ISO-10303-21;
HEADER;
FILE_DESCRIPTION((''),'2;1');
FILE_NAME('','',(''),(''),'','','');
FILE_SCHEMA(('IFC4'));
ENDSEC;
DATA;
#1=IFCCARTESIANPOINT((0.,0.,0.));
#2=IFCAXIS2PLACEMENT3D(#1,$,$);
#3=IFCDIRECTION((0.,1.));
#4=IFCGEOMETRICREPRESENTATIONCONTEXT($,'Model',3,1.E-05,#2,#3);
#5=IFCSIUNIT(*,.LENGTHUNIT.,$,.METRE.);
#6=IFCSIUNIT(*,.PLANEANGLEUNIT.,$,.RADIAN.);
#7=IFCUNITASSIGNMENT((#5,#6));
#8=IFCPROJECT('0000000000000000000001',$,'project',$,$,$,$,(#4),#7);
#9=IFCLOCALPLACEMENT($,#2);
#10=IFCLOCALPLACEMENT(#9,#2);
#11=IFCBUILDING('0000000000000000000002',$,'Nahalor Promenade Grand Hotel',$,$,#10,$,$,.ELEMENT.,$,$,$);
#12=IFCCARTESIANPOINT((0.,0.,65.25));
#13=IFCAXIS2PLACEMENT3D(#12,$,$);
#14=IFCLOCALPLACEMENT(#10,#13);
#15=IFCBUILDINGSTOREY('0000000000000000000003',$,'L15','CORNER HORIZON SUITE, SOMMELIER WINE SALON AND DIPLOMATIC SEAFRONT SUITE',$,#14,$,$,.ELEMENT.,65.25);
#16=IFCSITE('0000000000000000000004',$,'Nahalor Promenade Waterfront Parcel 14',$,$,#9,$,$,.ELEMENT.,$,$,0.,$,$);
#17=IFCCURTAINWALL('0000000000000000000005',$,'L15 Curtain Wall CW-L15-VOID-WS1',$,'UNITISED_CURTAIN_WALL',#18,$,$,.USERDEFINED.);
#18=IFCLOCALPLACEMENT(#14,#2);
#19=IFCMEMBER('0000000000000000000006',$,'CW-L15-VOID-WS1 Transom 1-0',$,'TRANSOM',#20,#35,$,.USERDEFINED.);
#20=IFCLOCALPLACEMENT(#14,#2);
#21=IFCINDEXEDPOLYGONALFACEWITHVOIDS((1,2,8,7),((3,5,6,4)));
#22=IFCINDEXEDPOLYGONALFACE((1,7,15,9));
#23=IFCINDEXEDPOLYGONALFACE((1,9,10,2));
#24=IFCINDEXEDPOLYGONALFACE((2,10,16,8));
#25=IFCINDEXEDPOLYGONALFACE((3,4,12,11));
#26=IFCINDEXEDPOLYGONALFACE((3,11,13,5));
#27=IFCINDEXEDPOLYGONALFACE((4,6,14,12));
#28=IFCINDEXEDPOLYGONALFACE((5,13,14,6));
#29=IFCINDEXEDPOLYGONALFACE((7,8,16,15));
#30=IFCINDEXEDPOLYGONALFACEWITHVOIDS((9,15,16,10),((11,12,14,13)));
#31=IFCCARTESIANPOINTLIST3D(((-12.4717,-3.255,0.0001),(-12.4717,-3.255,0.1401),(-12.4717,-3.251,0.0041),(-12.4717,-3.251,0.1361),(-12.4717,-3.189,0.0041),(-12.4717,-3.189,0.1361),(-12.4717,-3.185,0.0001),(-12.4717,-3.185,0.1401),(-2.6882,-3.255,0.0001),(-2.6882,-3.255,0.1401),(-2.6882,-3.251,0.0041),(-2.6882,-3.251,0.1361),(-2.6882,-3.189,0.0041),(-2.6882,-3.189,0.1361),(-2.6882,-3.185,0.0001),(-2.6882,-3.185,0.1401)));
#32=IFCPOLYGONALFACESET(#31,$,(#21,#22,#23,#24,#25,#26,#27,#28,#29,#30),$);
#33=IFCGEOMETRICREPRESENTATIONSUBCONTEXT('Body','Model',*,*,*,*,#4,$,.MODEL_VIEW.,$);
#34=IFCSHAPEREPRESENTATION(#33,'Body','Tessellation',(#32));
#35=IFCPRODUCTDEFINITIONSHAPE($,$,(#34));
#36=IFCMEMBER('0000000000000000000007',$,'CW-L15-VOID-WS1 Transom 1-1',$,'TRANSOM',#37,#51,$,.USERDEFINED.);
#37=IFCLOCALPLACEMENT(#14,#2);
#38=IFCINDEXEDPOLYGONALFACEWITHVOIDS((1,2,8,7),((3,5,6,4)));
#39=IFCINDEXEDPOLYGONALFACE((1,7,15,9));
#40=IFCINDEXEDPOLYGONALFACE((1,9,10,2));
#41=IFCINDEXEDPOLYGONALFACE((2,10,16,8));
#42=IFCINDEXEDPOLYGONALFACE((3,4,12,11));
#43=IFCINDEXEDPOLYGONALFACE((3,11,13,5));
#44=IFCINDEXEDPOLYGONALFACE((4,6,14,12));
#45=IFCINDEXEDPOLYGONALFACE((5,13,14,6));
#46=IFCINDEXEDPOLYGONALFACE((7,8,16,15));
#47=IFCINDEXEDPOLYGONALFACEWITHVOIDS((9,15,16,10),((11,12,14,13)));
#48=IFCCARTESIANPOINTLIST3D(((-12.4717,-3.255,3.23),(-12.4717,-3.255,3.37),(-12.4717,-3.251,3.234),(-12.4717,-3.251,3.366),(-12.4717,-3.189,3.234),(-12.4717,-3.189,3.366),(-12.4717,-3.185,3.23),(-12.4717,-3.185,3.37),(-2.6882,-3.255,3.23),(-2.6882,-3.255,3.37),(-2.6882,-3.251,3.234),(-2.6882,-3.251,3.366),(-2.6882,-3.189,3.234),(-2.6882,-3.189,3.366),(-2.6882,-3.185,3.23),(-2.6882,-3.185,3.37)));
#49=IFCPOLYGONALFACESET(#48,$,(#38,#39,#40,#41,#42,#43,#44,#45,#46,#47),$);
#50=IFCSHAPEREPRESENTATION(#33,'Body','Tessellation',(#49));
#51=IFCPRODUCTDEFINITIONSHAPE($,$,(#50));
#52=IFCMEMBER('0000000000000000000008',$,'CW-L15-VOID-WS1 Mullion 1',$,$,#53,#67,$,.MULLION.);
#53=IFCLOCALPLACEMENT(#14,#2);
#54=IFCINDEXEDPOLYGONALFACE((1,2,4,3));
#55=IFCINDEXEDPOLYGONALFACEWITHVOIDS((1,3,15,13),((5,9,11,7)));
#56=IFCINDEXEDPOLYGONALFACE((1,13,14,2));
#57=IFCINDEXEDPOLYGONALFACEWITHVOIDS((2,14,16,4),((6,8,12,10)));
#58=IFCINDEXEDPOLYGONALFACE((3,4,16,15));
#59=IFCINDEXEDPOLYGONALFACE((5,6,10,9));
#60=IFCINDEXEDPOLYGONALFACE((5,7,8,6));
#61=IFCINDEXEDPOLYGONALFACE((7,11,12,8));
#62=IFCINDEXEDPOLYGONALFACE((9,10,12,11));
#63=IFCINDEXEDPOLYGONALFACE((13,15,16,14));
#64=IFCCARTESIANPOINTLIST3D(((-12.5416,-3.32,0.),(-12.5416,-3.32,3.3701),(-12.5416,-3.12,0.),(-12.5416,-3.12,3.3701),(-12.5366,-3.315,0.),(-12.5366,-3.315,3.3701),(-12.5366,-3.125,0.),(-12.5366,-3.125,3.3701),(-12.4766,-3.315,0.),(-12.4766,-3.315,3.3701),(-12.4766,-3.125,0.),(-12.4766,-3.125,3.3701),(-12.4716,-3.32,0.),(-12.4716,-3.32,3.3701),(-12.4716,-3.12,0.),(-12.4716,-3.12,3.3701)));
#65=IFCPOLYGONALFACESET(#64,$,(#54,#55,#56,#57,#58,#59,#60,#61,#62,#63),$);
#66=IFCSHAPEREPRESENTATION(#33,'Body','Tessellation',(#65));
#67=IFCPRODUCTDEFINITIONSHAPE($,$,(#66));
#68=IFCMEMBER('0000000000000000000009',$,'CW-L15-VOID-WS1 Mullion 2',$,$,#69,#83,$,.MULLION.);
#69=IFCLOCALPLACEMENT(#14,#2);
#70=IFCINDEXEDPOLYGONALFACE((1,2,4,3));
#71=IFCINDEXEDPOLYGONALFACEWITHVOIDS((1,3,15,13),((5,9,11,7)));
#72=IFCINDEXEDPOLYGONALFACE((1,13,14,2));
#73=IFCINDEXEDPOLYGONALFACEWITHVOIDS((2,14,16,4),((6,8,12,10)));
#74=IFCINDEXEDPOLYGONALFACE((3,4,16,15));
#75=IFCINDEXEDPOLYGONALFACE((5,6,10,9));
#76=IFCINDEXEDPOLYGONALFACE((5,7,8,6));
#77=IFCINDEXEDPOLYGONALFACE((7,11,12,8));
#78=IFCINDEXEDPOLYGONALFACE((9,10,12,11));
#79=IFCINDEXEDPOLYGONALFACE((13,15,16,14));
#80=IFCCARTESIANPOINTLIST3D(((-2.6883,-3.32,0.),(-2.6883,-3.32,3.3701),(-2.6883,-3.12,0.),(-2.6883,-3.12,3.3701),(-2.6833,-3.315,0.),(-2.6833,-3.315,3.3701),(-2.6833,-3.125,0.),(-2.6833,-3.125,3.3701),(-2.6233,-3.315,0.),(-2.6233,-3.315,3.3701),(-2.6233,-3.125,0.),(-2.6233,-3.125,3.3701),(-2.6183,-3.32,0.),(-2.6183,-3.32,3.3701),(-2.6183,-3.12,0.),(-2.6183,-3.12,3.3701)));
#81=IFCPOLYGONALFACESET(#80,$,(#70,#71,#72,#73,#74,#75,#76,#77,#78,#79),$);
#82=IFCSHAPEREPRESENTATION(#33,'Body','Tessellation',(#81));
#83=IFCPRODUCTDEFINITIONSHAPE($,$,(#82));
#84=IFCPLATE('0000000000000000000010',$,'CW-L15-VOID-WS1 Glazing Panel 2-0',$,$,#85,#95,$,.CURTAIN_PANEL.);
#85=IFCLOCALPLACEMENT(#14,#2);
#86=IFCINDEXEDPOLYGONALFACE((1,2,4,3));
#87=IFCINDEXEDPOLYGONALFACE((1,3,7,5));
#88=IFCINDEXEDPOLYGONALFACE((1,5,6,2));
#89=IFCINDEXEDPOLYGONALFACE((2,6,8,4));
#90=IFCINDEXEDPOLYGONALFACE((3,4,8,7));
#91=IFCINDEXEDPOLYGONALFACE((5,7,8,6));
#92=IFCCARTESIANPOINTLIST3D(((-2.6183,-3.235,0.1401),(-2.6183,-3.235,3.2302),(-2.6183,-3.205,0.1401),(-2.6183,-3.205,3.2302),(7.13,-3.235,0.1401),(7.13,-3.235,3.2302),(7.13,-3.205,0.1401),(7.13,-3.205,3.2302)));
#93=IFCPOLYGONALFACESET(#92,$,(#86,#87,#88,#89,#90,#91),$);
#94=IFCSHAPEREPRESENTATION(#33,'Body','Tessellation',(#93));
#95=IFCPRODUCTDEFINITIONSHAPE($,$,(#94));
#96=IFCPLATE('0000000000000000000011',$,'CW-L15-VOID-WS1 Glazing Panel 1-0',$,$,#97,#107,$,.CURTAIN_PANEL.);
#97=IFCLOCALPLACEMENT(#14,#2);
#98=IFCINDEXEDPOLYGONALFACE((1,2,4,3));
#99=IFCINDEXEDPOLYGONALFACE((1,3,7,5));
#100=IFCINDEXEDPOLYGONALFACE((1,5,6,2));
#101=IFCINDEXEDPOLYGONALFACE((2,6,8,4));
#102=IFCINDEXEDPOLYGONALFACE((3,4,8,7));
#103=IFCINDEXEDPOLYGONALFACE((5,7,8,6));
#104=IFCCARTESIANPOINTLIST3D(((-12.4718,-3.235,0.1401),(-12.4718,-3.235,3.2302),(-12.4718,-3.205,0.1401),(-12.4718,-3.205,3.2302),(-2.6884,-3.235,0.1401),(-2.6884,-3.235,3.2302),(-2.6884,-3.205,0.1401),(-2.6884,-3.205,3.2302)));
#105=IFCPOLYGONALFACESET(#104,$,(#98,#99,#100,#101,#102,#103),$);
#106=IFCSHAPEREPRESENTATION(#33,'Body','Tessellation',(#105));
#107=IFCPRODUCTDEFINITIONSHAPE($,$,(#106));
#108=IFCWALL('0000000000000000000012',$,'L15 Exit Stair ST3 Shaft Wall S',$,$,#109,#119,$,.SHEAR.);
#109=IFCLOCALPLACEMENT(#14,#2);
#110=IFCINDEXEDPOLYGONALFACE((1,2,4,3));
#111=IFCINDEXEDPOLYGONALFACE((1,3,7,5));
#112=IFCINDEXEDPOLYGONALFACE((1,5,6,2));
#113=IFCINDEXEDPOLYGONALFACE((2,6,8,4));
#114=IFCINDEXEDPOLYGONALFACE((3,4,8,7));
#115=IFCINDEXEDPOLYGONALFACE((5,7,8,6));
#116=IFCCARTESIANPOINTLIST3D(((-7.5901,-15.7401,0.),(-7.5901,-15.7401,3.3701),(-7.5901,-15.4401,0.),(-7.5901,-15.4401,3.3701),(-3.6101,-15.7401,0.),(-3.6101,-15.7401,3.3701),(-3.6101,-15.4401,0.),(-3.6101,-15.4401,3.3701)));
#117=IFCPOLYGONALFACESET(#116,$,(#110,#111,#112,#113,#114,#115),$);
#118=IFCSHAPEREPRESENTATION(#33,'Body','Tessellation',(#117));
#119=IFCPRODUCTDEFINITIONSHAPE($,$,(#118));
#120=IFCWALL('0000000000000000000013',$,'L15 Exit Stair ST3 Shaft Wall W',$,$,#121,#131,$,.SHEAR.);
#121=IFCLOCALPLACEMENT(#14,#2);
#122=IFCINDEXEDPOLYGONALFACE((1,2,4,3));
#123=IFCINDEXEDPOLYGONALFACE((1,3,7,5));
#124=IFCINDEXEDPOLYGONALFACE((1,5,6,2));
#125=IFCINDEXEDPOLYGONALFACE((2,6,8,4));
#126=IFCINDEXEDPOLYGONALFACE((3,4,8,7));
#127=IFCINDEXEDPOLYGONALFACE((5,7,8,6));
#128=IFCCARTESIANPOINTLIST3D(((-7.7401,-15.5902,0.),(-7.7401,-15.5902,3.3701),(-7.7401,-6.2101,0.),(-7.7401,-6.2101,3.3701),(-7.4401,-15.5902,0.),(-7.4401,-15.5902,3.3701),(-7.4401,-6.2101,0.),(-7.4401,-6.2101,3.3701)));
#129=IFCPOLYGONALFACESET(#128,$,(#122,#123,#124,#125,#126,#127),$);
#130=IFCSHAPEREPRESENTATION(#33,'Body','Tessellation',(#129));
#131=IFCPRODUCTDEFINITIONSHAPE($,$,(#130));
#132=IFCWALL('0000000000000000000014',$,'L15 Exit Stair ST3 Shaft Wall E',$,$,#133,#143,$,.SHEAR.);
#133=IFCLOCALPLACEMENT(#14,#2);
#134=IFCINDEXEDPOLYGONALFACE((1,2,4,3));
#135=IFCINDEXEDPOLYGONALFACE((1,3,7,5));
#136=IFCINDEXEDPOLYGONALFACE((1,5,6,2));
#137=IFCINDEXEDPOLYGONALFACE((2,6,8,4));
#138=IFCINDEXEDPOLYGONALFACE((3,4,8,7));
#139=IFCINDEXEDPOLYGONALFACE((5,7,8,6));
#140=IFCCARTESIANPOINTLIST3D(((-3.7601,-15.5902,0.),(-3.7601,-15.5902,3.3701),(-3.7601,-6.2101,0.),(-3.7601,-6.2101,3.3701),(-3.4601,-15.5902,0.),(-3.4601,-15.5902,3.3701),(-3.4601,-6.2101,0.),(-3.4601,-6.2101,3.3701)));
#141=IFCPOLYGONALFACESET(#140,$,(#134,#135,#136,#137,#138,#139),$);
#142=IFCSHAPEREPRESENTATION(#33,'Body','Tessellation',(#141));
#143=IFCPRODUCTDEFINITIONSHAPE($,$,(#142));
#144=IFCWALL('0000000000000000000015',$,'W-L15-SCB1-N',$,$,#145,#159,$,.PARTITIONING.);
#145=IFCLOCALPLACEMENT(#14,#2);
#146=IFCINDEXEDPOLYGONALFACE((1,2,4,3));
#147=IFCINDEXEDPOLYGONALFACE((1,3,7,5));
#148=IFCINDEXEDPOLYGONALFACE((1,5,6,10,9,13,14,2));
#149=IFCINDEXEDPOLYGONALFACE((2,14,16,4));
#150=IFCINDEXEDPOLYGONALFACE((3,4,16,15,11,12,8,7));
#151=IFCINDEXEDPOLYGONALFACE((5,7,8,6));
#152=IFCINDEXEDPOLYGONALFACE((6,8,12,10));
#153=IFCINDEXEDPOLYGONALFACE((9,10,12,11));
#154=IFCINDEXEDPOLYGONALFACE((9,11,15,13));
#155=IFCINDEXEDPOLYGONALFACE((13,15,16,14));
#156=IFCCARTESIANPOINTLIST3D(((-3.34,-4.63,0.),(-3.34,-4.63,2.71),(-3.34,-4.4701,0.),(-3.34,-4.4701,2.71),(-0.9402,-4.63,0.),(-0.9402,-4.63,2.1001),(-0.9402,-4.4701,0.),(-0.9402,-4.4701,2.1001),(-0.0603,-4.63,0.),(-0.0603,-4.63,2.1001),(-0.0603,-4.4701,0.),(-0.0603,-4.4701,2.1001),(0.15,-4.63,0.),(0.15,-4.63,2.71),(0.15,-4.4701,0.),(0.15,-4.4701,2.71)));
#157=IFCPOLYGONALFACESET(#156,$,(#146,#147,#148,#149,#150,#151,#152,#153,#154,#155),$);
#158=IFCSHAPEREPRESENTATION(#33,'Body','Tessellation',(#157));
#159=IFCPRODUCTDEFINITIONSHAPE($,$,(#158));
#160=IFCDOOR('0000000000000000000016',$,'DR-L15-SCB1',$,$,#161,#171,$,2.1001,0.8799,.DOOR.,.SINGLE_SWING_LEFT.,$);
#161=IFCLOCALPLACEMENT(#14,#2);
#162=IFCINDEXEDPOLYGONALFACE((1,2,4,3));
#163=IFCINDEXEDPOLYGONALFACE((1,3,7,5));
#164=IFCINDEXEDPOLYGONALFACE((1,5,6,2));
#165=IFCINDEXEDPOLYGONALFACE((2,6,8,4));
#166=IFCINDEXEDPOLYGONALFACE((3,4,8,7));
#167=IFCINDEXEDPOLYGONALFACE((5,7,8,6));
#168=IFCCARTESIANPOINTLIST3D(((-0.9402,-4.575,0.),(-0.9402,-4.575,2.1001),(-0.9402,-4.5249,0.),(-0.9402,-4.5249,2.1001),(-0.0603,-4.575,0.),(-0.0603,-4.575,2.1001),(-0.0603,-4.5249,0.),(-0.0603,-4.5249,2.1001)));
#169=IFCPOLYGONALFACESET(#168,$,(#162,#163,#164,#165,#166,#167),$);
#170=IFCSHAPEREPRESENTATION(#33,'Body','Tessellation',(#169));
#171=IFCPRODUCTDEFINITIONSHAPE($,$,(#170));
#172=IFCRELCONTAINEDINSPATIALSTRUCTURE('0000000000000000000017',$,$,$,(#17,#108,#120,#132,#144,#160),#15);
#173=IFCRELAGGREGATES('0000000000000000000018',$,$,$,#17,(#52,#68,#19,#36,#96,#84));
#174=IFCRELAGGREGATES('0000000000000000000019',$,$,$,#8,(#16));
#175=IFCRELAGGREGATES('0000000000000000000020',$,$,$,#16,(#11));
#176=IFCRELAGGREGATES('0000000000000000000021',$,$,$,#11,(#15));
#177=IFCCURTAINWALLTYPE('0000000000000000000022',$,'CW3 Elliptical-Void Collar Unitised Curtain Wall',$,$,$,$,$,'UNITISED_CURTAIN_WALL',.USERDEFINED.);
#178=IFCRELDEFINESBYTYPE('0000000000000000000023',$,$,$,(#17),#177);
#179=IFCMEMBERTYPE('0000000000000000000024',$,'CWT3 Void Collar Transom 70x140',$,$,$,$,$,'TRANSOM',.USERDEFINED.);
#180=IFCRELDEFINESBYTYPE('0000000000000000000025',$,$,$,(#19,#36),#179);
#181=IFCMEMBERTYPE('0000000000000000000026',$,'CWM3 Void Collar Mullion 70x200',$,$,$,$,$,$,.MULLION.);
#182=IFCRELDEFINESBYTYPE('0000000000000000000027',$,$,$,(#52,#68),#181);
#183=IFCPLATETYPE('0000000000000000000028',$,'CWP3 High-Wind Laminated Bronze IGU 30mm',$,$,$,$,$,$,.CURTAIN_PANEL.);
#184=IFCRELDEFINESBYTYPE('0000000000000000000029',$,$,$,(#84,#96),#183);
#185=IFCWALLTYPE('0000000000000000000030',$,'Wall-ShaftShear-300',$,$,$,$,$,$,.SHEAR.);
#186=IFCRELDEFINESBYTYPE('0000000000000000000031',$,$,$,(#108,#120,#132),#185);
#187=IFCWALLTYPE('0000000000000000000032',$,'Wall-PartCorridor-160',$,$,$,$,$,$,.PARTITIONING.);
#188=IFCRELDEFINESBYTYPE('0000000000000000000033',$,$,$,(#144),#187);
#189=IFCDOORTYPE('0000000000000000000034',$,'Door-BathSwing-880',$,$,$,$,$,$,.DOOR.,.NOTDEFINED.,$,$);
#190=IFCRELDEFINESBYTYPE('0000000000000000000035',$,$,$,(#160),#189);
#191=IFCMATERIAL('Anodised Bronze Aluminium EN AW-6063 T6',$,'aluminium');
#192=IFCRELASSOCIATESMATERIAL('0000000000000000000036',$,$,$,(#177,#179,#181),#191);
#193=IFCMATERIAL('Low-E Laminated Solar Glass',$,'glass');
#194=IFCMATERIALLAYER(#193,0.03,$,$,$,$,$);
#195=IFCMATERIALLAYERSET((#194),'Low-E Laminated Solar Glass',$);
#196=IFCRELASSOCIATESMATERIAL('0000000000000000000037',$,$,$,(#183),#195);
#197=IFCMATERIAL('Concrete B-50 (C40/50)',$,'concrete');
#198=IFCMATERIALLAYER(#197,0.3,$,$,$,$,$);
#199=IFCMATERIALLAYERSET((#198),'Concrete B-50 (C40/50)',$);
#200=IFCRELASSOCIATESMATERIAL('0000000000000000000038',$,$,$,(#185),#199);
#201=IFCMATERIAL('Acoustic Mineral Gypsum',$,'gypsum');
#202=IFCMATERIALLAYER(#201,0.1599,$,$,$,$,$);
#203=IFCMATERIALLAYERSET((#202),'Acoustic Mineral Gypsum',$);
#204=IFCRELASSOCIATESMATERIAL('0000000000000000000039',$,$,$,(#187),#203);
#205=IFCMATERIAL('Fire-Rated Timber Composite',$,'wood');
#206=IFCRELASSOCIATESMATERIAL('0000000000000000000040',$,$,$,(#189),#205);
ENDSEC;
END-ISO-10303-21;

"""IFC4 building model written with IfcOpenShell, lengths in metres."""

from ifc_helpers import new_model, si_unit, direction, frame, frame_2d, origin, origin_2d, place, context, subcontext, project, spatial, rectangle, hollow_rectangle, extrude, source, transform, mapped, material, layer, layer_set, material_profile, profile_set, type_object, element, fill, aggregate, save


model = new_model("IFC4")

# Units and contexts
model_context = context("Model", 3, precision=1e-05, world=origin(), true_north=direction((0.0, 1.0)))
body_context = subcontext(model_context, "Body", "Model", "MODEL_VIEW")
ifc_project = project(units=[si_unit("LENGTHUNIT", "METRE"), si_unit("PLANEANGLEUNIT", "RADIAN")], contexts=[model_context])

# Site, building, storey
site_placement = place(None, origin())
site = spatial("IfcSite", under=ifc_project, at=site_placement, Name="Nahalor Promenade Waterfront Parcel 14", CompositionType="ELEMENT", RefElevation=0.0)
building_placement = place(site_placement, origin())
building = spatial("IfcBuilding", under=site, at=building_placement, Name="Nahalor Promenade Grand Hotel", CompositionType="ELEMENT")
storey_placement = place(building_placement, frame((0.0, 0.0, 65.25)))
storey = spatial("IfcBuildingStorey", under=building, at=storey_placement, Name="L15", Description="CORNER HORIZON SUITE, SOMMELIER WINE SALON AND DIPLOMATIC SEAFRONT SUITE", CompositionType="ELEMENT", Elevation=65.25)

# Curtain wall, members, plates
ifc_material_1 = material(Name="Anodised Bronze Aluminium EN AW-6063 T6", Category="aluminium")
curtain_wall_type = type_object("IfcCurtainWallType", Name="CW3 Elliptical-Void Collar Unitised Curtain Wall", ElementType="UNITISED_CURTAIN_WALL", PredefinedType="USERDEFINED", material=ifc_material_1)
curtain_wall_placement = place(storey_placement, origin())
curtain_wall = element("IfcCurtainWall", 1, at=curtain_wall_placement, inside=storey, type_object=curtain_wall_type, Name="L15 Curtain Wall CW-L15-VOID-WS1", ObjectType="UNITISED_CURTAIN_WALL", PredefinedType="USERDEFINED")
ifc_material_profile_1 = material_profile(ifc_material_1, hollow_rectangle(XDim=0.07, YDim=0.14, WallThickness=0.004, at=origin_2d()), Name="CWT 70x140x4")
ifc_profile_set_1 = profile_set([ifc_material_profile_1], Name="Anodised Bronze Aluminium EN AW-6063 T6")
member_type_1 = type_object("IfcMemberType", Name="CWT3 Void Collar Transom 70x140", ElementType="TRANSOM", PredefinedType="USERDEFINED", material=ifc_profile_set_1)
shared_shape_1 = source(origin(), body_context, "Body", "SweptSolid", [
    extrude(hollow_rectangle(XDim=0.07, YDim=0.14, WallThickness=0.004, at=origin_2d()), origin(), (0.0, 0.0, 1.0), 9.7834),
])
member_1_placement = place(storey_placement, frame((-12.4717, -3.22, 0.0701), z_axis=(1.0, 0.0, 0.0), x_axis=(0.0, 1.0, 0.0)))
member_1 = element("IfcMember", 2, at=member_1_placement, type_object=member_type_1, Name="CW-L15-VOID-WS1 Transom 1-0", ObjectType="TRANSOM", PredefinedType="USERDEFINED", context=body_context, shape_type="MappedRepresentation", body=[
    mapped(shared_shape_1, transform((0.0, 0.0, 0.0), scale=1.0)),
])
member_2_placement = place(storey_placement, frame((-12.4717, -3.22, 3.3), z_axis=(1.0, 0.0, 0.0), x_axis=(0.0, 1.0, 0.0)))
member_2 = element("IfcMember", 3, at=member_2_placement, type_object=member_type_1, Name="CW-L15-VOID-WS1 Transom 1-1", ObjectType="TRANSOM", PredefinedType="USERDEFINED", context=body_context, shape_type="MappedRepresentation", body=[
    mapped(shared_shape_1, transform((0.0, 0.0, 0.0), scale=1.0)),
])
ifc_material_profile_2 = material_profile(ifc_material_1, hollow_rectangle(XDim=0.07, YDim=0.2, WallThickness=0.005, at=origin_2d()), Name="CWM 70x200x5")
ifc_profile_set_2 = profile_set([ifc_material_profile_2], Name="Anodised Bronze Aluminium EN AW-6063 T6")
member_type_2 = type_object("IfcMemberType", Name="CWM3 Void Collar Mullion 70x200", PredefinedType="MULLION", material=ifc_profile_set_2)
shared_shape_2 = source(origin(), body_context, "Body", "SweptSolid", [
    extrude(hollow_rectangle(XDim=0.07, YDim=0.2, WallThickness=0.005, at=origin_2d()), origin(), (0.0, 0.0, 1.0), 3.3701),
])
member_3_placement = place(storey_placement, frame((-12.5066, -3.22, 0.0), z_axis=(0.0, 0.0, 1.0), x_axis=(1.0, 0.0, 0.0)))
member_3 = element("IfcMember", 4, at=member_3_placement, type_object=member_type_2, Name="CW-L15-VOID-WS1 Mullion 1", PredefinedType="MULLION", context=body_context, shape_type="MappedRepresentation", body=[
    mapped(shared_shape_2, transform((0.0, 0.0, 0.0), scale=1.0)),
])
member_4_placement = place(storey_placement, frame((-2.6533, -3.22, 0.0), z_axis=(0.0, 0.0, 1.0), x_axis=(1.0, 0.0, 0.0)))
member_4 = element("IfcMember", 5, at=member_4_placement, type_object=member_type_2, Name="CW-L15-VOID-WS1 Mullion 2", PredefinedType="MULLION", context=body_context, shape_type="MappedRepresentation", body=[
    mapped(shared_shape_2, transform((0.0, 0.0, 0.0), scale=1.0)),
])
ifc_material_2 = material(Name="Low-E Laminated Solar Glass", Category="glass")
ifc_layer_1 = layer(ifc_material_2, 0.03)
ifc_layer_set_1 = layer_set([ifc_layer_1], Name="Low-E Laminated Solar Glass")
plate_type = type_object("IfcPlateType", Name="CWP3 High-Wind Laminated Bronze IGU 30mm", PredefinedType="CURTAIN_PANEL", material=ifc_layer_set_1)
shared_shape_3 = source(origin(), body_context, "Body", "SweptSolid", [
    extrude(rectangle(XDim=9.7483, YDim=0.03, at=origin_2d()), origin(), (0.0, 0.0, 1.0), 3.0901),
])
plate_1_placement = place(storey_placement, frame((2.2559, -3.22, 0.1401), z_axis=(0.0, 0.0, 1.0), x_axis=(1.0, 0.0, 0.0)))
plate_1 = element("IfcPlate", 6, at=plate_1_placement, type_object=plate_type, Name="CW-L15-VOID-WS1 Glazing Panel 2-0", PredefinedType="CURTAIN_PANEL", context=body_context, shape_type="MappedRepresentation", body=[
    mapped(shared_shape_3, transform((0.0, 0.0, 0.0), scale=1.0)),
])
shared_shape_4 = source(origin(), body_context, "Body", "SweptSolid", [
    extrude(rectangle(XDim=9.7834, YDim=0.03, at=origin_2d()), origin(), (0.0, 0.0, 1.0), 3.0901),
])
plate_2_placement = place(storey_placement, frame((-7.5801, -3.22, 0.1401), z_axis=(0.0, 0.0, 1.0), x_axis=(1.0, 0.0, 0.0)))
plate_2 = element("IfcPlate", 7, at=plate_2_placement, type_object=plate_type, Name="CW-L15-VOID-WS1 Glazing Panel 1-0", PredefinedType="CURTAIN_PANEL", context=body_context, shape_type="MappedRepresentation", body=[
    mapped(shared_shape_4, transform((0.0, 0.0, 0.0), scale=1.0)),
])
aggregate(curtain_wall, [member_3, member_4, member_1, member_2, plate_2, plate_1])

# Wall
ifc_material_3 = material(Name="Concrete B-50 (C40/50)", Category="concrete")
ifc_layer_2 = layer(ifc_material_3, 0.3)
ifc_layer_set_2 = layer_set([ifc_layer_2], Name="Concrete B-50 (C40/50)")
wall_type_1 = type_object("IfcWallType", Name="Wall-ShaftShear-300", PredefinedType="SHEAR", material=ifc_layer_set_2)
shared_shape_5 = source(origin(), body_context, "Body", "SweptSolid", [
    extrude(rectangle(XDim=3.98, YDim=0.3, at=frame_2d((1.99, 0.0))), origin(), (0.0, 0.0, 1.0), 3.3701),
])
wall_1_placement = place(storey_placement, frame((-7.5901, -15.5901, 0.0), z_axis=(0.0, 0.0, 1.0), x_axis=(1.0, 0.0, 0.0)))
element("IfcWall", 8, at=wall_1_placement, inside=storey, type_object=wall_type_1, Name="L15 Exit Stair ST3 Shaft Wall S", PredefinedType="SHEAR", context=body_context, shape_type="MappedRepresentation", body=[
    mapped(shared_shape_5, transform((0.0, 0.0, 0.0), scale=1.0)),
])

# Walls
shared_shape_6 = source(origin(), body_context, "Body", "SweptSolid", [
    extrude(rectangle(XDim=9.3801, YDim=0.3, at=frame_2d((4.6899, 0.0))), origin(), (0.0, 0.0, 1.0), 3.3701),
])
for number, where, z_axis, x_axis, name in (
    (9, (-7.5901, -15.5901, 0.0), (0.0, 0.0, 1.0), (0.0, 1.0, 0.0), "L15 Exit Stair ST3 Shaft Wall W"),
    (10, (-3.6101, -15.5901, 0.0), (0.0, 0.0, 1.0), (0.0, 1.0, 0.0), "L15 Exit Stair ST3 Shaft Wall E"),
):
    element("IfcWall", number, at=place(storey_placement, frame(where, z_axis=z_axis, x_axis=x_axis)), inside=storey, type_object=wall_type_1, Name=name, PredefinedType="SHEAR", context=body_context, shape_type="MappedRepresentation", body=[
        mapped(shared_shape_6, transform((0.0, 0.0, 0.0), scale=1.0)),
    ])

# Wall, opening, door
ifc_material_4 = material(Name="Acoustic Mineral Gypsum", Category="gypsum")
ifc_layer_3 = layer(ifc_material_4, 0.1599)
ifc_layer_set_3 = layer_set([ifc_layer_3], Name="Acoustic Mineral Gypsum")
wall_type_2 = type_object("IfcWallType", Name="Wall-PartCorridor-160", PredefinedType="PARTITIONING", material=ifc_layer_set_3)
shared_shape_7 = source(origin(), body_context, "Body", "SweptSolid", [
    extrude(rectangle(XDim=3.49, YDim=0.1599, at=frame_2d((1.7451, 0.0))), origin(), (0.0, 0.0, 1.0), 2.71),
])
wall_2_placement = place(storey_placement, frame((-3.3401, -4.55, 0.0), z_axis=(0.0, 0.0, 1.0), x_axis=(1.0, 0.0, 0.0)))
wall_2 = element("IfcWall", 11, at=wall_2_placement, inside=storey, type_object=wall_type_2, Name="W-L15-SCB1-N", PredefinedType="PARTITIONING", context=body_context, shape_type="MappedRepresentation", body=[
    mapped(shared_shape_7, transform((0.0, 0.0, 0.0), scale=1.0)),
])
opening_1_placement = place(wall_2_placement, frame((2.3999, 0.0, 0.0)))
opening_1 = element("IfcOpeningElement", 12, at=opening_1_placement, cuts=wall_2, PredefinedType="OPENING", context=body_context, shape_type="SweptSolid", body=[
    extrude(rectangle(XDim=0.8799, YDim=2.1001, at=frame_2d((0.4399, 1.05))), frame((0.0, 0.0898, 0.0), z_axis=(0.0, -1.0, 0.0), x_axis=(1.0, 0.0, 0.0)), (0.0, 0.0, 1.0), 0.1799),
])
ifc_material_5 = material(Name="Fire-Rated Timber Composite", Category="wood")
door_type_1 = type_object("IfcDoorType", Name="Door-BathSwing-880", OperationType="NOTDEFINED", PredefinedType="DOOR", material=ifc_material_5)
shared_shape_8 = source(origin(), body_context, "Body", "SweptSolid", [
    extrude(rectangle(XDim=0.8799, YDim=2.1001, at=frame_2d((0.4399, 1.05))), frame((0.0, 0.0249, 0.0), z_axis=(0.0, -1.0, 0.0), x_axis=(1.0, 0.0, 0.0)), (0.0, 0.0, 1.0), 0.05),
])
door_1_placement = place(opening_1_placement, frame((0.8799, 0.0, 0.0), z_axis=(0.0, 0.0, 1.0), x_axis=(-1.0, 0.0, 0.0)))
door_1 = element("IfcDoor", 13, at=door_1_placement, inside=storey, type_object=door_type_1, Name="DR-L15-SCB1", OperationType="SINGLE_SWING_LEFT", OverallHeight=2.1001, OverallWidth=0.8799, PredefinedType="DOOR", context=body_context, shape_type="MappedRepresentation", body=[
    mapped(shared_shape_8, transform((0.0, 0.0, 0.0), scale=1.0)),
])
fill(opening_1, door_1)

save(model, "model.ifc")
